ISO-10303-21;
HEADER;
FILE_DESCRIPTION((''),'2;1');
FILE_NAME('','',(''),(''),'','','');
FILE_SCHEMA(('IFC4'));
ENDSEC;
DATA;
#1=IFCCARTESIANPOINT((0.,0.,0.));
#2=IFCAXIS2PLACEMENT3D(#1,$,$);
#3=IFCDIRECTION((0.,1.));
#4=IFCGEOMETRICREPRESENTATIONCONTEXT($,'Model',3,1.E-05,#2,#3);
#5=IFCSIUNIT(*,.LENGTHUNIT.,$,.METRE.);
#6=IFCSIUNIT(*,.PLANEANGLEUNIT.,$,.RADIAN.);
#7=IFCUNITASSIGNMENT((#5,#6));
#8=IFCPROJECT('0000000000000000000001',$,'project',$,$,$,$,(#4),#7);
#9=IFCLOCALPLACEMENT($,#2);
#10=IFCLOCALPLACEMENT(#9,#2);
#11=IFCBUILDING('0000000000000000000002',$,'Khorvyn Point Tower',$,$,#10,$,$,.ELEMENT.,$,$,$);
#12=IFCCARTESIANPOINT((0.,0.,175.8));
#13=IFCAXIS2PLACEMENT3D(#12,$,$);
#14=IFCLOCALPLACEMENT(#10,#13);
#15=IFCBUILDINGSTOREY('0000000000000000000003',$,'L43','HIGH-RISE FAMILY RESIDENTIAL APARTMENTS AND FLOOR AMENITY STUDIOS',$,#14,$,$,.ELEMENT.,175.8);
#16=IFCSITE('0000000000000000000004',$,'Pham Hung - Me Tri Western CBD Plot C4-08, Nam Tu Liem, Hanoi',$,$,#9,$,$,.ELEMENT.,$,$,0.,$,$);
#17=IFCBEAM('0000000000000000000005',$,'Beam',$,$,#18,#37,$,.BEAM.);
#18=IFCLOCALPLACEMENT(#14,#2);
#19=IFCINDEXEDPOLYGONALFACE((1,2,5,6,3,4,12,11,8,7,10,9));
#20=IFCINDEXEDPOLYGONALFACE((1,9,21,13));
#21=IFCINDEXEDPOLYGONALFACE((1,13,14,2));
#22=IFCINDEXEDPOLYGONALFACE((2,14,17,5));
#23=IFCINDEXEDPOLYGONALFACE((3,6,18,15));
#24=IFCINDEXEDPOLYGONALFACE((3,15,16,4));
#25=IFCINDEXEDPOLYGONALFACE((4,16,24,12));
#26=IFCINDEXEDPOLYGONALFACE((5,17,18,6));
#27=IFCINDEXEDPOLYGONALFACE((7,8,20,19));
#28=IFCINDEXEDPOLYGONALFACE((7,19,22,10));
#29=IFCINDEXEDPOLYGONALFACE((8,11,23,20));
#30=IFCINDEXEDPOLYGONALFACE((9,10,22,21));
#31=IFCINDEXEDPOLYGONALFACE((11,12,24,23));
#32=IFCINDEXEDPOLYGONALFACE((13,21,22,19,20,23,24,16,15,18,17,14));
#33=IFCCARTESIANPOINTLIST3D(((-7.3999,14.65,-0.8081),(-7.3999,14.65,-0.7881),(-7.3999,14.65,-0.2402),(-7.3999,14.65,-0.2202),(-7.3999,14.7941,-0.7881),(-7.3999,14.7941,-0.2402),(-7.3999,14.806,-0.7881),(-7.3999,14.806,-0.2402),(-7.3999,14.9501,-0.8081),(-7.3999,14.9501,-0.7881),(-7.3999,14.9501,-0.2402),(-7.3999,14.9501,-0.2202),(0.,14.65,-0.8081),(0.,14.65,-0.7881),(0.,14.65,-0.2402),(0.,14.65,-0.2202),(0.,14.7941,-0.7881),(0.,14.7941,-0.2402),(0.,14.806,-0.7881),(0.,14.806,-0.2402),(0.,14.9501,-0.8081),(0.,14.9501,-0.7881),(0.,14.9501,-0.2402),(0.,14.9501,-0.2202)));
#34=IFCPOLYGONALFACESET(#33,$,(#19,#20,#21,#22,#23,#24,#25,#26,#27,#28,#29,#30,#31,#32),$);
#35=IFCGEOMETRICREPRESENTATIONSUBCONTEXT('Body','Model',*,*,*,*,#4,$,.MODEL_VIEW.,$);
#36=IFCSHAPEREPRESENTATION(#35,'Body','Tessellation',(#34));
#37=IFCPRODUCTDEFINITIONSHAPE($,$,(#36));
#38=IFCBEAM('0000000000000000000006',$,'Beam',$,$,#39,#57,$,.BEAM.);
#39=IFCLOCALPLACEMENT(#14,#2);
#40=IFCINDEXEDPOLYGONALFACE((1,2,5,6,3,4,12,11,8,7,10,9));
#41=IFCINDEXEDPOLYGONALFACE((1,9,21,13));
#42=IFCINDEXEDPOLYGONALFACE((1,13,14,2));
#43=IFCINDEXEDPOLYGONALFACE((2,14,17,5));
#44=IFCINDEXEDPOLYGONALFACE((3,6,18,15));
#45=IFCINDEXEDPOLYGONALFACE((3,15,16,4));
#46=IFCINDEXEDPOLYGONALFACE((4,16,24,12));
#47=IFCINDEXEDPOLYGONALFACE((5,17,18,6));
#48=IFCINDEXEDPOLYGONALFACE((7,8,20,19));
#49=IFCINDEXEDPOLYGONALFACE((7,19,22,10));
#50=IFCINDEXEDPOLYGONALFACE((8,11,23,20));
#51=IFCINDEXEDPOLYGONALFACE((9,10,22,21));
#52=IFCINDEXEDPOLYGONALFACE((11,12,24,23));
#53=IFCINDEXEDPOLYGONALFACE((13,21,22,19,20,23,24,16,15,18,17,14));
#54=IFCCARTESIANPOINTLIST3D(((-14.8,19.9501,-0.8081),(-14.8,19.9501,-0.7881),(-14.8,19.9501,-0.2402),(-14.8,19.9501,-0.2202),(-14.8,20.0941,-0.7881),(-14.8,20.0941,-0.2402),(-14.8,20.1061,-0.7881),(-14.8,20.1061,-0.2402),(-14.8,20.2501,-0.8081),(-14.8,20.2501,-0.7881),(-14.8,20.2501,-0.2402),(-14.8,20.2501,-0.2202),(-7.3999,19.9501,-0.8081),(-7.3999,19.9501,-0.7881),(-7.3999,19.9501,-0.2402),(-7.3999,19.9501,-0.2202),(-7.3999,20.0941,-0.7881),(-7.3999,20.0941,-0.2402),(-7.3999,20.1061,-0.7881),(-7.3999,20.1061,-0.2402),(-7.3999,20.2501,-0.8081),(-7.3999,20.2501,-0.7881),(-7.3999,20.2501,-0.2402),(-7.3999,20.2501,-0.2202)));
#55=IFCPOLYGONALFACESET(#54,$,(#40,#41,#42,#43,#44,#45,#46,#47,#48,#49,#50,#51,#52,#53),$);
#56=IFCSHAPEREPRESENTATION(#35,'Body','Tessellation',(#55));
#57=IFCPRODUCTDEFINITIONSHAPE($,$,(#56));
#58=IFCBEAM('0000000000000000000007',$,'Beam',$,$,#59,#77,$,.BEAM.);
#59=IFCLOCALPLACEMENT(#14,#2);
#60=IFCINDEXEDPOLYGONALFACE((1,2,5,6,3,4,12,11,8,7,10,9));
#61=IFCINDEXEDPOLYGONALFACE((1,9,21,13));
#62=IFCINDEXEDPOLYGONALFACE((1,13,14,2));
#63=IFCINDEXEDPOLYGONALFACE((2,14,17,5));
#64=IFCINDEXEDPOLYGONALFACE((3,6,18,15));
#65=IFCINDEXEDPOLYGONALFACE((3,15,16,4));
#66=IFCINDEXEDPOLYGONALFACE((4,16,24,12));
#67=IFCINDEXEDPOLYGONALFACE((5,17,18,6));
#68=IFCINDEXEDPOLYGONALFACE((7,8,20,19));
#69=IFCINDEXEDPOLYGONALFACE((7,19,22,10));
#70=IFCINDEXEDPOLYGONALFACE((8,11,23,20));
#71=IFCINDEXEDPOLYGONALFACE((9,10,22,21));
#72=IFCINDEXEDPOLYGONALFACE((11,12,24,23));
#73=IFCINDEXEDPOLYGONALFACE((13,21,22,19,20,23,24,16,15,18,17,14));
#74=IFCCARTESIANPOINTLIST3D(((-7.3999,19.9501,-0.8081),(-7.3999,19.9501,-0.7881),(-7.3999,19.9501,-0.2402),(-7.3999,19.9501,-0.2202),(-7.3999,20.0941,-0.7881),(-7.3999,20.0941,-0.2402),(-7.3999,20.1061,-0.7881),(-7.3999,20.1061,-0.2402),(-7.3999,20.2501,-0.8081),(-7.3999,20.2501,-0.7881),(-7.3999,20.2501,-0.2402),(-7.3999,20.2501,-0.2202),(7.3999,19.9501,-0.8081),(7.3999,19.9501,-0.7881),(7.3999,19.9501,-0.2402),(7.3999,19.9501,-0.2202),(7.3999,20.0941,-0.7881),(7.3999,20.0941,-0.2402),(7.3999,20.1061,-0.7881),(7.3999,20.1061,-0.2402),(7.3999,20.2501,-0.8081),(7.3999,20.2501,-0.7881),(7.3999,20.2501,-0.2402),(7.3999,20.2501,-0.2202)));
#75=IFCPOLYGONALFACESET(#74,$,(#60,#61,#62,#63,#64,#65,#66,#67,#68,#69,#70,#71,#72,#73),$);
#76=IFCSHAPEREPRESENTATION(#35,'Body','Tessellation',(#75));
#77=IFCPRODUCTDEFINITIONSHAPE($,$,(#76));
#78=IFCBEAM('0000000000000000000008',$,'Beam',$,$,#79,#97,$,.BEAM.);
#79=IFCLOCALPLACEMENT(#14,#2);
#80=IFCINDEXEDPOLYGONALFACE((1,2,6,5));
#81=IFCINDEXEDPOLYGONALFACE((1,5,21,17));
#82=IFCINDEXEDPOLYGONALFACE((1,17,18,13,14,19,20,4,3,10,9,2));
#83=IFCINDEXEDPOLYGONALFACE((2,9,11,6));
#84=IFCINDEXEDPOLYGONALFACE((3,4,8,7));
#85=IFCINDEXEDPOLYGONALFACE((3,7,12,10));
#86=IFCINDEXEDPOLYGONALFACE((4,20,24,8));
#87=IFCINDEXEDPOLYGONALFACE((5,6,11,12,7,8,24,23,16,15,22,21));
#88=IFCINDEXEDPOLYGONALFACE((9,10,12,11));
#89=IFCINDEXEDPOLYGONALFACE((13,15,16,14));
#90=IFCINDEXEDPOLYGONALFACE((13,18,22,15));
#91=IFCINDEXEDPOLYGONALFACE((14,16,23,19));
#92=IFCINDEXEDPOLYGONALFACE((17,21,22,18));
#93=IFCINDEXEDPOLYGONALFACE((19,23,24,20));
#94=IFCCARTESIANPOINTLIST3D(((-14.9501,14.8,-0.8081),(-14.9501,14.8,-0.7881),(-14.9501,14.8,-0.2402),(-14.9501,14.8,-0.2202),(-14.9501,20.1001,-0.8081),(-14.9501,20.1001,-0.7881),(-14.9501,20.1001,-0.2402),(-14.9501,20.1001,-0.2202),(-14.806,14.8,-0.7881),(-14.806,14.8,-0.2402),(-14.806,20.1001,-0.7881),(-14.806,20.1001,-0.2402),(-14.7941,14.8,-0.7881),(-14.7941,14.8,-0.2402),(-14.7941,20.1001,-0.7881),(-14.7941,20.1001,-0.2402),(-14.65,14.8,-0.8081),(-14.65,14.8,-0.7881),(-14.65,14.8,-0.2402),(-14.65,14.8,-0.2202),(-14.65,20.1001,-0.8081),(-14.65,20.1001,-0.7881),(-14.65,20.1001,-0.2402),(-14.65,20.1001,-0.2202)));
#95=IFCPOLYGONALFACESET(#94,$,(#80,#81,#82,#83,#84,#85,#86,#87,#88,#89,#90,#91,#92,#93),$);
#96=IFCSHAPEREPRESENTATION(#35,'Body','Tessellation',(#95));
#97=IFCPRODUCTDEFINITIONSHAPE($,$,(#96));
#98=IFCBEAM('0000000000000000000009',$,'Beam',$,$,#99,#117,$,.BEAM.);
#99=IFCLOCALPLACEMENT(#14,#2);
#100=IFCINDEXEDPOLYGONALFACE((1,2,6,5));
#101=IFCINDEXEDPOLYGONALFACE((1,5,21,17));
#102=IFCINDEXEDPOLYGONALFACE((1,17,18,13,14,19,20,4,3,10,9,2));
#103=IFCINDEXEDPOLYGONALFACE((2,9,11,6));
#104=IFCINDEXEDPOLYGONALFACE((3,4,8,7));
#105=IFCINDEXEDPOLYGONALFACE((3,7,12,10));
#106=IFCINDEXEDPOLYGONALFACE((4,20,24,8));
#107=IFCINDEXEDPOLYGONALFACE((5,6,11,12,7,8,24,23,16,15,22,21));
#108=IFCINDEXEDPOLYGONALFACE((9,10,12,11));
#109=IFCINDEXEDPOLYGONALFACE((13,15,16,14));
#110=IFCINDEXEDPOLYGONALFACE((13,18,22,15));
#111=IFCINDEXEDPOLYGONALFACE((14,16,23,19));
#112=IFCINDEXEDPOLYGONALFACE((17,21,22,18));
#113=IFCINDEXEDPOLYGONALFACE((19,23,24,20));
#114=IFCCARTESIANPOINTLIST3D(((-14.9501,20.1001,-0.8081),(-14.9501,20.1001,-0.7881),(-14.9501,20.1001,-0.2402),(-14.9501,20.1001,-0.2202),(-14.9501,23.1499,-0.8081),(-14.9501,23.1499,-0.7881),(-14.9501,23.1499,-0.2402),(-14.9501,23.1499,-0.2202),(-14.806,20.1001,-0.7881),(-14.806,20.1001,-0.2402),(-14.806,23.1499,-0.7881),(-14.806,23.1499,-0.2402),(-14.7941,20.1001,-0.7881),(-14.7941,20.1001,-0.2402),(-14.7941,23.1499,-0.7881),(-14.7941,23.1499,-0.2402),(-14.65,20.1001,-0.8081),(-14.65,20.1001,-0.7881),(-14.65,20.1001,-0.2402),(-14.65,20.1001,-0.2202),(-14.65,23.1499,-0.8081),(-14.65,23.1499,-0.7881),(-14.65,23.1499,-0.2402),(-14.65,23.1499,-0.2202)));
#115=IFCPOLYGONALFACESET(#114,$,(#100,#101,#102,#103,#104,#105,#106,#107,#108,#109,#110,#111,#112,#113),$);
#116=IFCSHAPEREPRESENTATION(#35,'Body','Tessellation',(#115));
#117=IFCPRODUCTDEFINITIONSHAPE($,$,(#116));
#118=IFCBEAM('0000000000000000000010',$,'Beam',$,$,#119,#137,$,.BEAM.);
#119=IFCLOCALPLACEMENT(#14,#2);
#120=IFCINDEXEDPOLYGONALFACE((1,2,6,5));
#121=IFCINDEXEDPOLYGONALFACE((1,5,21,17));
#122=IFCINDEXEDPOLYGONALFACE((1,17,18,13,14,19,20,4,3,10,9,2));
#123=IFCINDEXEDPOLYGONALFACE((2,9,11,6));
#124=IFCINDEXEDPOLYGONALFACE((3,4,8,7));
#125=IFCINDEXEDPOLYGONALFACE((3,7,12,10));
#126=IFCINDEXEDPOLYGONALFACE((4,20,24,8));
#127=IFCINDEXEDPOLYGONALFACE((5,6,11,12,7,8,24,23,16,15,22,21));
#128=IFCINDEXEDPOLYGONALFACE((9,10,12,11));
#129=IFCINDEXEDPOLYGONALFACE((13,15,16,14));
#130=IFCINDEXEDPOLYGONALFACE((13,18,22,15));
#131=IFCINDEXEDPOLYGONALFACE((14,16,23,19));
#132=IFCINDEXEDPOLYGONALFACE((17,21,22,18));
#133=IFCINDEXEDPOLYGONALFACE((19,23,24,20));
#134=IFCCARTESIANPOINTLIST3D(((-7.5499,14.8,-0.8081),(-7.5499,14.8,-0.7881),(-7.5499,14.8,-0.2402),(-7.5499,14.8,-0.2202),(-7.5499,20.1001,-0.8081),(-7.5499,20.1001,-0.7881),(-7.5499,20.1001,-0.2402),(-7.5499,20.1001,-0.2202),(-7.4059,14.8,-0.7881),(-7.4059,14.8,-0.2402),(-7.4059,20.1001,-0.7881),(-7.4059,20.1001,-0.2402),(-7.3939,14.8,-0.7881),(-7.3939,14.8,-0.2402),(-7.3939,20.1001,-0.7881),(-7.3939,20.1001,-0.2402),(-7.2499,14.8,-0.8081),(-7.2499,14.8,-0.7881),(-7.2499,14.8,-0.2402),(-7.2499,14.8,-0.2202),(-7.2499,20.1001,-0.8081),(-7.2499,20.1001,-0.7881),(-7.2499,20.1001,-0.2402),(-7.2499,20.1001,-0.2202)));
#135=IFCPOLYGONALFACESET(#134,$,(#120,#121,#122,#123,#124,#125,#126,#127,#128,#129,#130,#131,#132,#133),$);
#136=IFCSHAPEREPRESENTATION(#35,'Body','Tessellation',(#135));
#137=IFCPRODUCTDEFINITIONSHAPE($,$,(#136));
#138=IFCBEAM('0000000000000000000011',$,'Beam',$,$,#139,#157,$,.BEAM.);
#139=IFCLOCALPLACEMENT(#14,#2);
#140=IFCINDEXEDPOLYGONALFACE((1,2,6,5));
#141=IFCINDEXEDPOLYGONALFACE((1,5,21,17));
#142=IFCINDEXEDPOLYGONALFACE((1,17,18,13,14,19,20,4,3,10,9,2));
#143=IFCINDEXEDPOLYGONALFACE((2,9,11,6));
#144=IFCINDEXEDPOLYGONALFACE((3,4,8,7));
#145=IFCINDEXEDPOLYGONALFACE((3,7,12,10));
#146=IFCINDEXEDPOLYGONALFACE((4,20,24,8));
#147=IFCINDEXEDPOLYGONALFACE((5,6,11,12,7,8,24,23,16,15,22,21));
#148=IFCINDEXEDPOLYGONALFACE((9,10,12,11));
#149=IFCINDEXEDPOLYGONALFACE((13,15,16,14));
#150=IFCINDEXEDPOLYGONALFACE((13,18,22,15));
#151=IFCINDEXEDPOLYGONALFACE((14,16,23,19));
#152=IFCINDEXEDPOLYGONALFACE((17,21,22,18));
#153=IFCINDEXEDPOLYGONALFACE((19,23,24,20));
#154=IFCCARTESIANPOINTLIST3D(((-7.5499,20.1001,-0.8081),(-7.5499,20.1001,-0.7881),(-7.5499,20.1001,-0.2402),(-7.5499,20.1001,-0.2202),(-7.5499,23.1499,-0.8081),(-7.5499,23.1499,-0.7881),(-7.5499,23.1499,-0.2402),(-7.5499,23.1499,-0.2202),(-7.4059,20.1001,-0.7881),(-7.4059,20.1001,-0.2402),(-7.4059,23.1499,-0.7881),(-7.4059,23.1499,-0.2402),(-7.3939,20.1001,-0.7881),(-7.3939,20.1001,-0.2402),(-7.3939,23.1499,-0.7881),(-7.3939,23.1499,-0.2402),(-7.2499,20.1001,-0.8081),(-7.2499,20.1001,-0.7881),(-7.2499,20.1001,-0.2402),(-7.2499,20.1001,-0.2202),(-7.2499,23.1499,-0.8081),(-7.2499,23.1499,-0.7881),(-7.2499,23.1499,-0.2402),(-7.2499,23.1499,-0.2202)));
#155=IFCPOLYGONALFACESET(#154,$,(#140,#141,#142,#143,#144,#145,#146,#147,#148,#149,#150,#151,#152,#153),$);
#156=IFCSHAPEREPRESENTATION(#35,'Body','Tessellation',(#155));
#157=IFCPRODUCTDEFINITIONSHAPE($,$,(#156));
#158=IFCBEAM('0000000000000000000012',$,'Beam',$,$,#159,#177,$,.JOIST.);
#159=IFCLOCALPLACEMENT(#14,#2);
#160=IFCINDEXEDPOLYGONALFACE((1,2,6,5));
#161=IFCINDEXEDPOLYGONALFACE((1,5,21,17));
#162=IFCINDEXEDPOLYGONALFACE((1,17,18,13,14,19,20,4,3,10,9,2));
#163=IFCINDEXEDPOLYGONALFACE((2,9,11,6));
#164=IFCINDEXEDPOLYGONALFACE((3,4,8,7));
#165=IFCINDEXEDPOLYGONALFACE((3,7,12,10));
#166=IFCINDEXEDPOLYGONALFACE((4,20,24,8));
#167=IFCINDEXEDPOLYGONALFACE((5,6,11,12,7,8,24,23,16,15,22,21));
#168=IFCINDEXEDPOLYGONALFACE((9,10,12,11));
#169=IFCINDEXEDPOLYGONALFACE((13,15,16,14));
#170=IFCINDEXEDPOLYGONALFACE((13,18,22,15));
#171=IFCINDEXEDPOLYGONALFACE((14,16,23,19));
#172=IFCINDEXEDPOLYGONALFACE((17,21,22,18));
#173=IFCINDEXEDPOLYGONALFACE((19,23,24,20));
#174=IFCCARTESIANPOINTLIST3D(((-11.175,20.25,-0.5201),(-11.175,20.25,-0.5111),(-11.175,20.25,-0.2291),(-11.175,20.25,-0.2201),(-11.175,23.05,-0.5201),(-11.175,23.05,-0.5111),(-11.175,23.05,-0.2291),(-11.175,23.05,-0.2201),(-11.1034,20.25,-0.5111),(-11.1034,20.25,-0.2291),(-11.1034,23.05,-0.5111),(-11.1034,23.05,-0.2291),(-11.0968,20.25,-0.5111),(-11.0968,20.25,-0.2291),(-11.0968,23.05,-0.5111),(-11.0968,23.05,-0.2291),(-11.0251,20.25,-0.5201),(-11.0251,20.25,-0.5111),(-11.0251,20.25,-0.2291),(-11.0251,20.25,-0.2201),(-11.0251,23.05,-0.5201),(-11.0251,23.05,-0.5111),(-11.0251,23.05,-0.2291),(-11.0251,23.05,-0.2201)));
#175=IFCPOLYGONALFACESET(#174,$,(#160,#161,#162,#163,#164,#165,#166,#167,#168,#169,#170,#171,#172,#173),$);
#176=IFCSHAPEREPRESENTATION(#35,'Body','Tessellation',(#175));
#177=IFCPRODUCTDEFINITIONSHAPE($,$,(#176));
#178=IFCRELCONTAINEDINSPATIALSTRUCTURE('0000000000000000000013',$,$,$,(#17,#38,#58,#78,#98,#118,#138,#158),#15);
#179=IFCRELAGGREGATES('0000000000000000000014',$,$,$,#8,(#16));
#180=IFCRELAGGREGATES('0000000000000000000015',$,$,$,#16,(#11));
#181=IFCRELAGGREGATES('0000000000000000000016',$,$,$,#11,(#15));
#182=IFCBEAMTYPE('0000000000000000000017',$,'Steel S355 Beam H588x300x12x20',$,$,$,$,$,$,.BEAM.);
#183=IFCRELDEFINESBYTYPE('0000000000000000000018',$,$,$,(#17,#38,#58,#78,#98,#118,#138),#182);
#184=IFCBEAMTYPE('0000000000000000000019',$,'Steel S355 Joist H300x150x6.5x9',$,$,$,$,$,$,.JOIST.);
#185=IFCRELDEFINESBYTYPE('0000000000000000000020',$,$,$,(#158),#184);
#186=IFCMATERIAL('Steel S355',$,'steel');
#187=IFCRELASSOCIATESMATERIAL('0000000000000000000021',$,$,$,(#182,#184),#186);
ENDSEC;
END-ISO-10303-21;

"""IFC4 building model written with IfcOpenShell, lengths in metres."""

from ifc_helpers import new_model, si_unit, direction, frame, origin, origin_2d, place, context, subcontext, project, spatial, i_section, extrude, material, material_profile, profile_set, type_object, element, save


model = new_model("IFC4")

# Units and contexts
model_context = context("Model", 3, precision=1e-05, world=origin(), true_north=direction((0.0, 1.0)))
body_context = subcontext(model_context, "Body", "Model", "MODEL_VIEW")
ifc_project = project(units=[si_unit("LENGTHUNIT", "METRE"), si_unit("PLANEANGLEUNIT", "RADIAN")], contexts=[model_context])

# Site, building, storey
site_placement = place(None, origin())
site = spatial("IfcSite", under=ifc_project, at=site_placement, Name="Pham Hung - Me Tri Western CBD Plot C4-08, Nam Tu Liem, Hanoi", CompositionType="ELEMENT", RefElevation=0.0)
building_placement = place(site_placement, origin())
building = spatial("IfcBuilding", under=site, at=building_placement, Name="Khorvyn Point Tower", CompositionType="ELEMENT")
storey_placement = place(building_placement, frame((0.0, 0.0, 175.8)))
storey = spatial("IfcBuildingStorey", under=building, at=storey_placement, Name="L43", Description="HIGH-RISE FAMILY RESIDENTIAL APARTMENTS AND FLOOR AMENITY STUDIOS", CompositionType="ELEMENT", Elevation=175.8)

# Beams
ifc_material_1 = material(Name="Steel S355", Category="steel")
ifc_material_profile_1 = material_profile(ifc_material_1, i_section(OverallWidth=0.3, OverallDepth=0.5879, WebThickness=0.012, FlangeThickness=0.02, at=origin_2d()))
ifc_profile_set_1 = profile_set([ifc_material_profile_1], Name="Steel S355 H588x300x12x20")
beam_type_1 = type_object("IfcBeamType", Name="Steel S355 Beam H588x300x12x20", PredefinedType="BEAM", material=ifc_profile_set_1)
beam_1_placement = place(storey_placement, frame((-7.3999, 14.8, -0.5142), z_axis=(1.0, 0.0, 0.0), x_axis=(0.0, 1.0, 0.0)))
element("IfcBeam", 1, at=beam_1_placement, inside=storey, type_object=beam_type_1, Name="Beam", PredefinedType="BEAM", context=body_context, shape_type="SweptSolid", body=[
    extrude(i_section(OverallWidth=0.3, OverallDepth=0.5879, WebThickness=0.012, FlangeThickness=0.02, at=origin_2d()), origin(), (0.0, 0.0, 1.0), 7.3999),
])
beam_2_placement = place(storey_placement, frame((-14.8, 20.1001, -0.5142), z_axis=(1.0, 0.0, 0.0), x_axis=(0.0, 1.0, 0.0)))
element("IfcBeam", 2, at=beam_2_placement, inside=storey, type_object=beam_type_1, Name="Beam", PredefinedType="BEAM", context=body_context, shape_type="SweptSolid", body=[
    extrude(i_section(OverallWidth=0.3, OverallDepth=0.5879, WebThickness=0.012, FlangeThickness=0.02, at=origin_2d()), origin(), (0.0, 0.0, 1.0), 7.4001),
])
beam_3_placement = place(storey_placement, frame((-7.3999, 20.1001, -0.5142), z_axis=(1.0, 0.0, 0.0), x_axis=(0.0, 1.0, 0.0)))
element("IfcBeam", 3, at=beam_3_placement, inside=storey, type_object=beam_type_1, Name="Beam", PredefinedType="BEAM", context=body_context, shape_type="SweptSolid", body=[
    extrude(i_section(OverallWidth=0.3, OverallDepth=0.5879, WebThickness=0.012, FlangeThickness=0.02, at=origin_2d()), origin(), (0.0, 0.0, 1.0), 14.7998),
])
beam_4_placement = place(storey_placement, frame((-14.8, 14.8, -0.5142), z_axis=(0.0, 1.0, 0.0), x_axis=(-1.0, 0.0, 0.0)))
element("IfcBeam", 4, at=beam_4_placement, inside=storey, type_object=beam_type_1, Name="Beam", PredefinedType="BEAM", context=body_context, shape_type="SweptSolid", body=[
    extrude(i_section(OverallWidth=0.3, OverallDepth=0.5879, WebThickness=0.012, FlangeThickness=0.02, at=origin_2d()), origin(), (0.0, 0.0, 1.0), 5.3),
])
beam_5_placement = place(storey_placement, frame((-14.8, 20.1001, -0.5142), z_axis=(0.0, 1.0, 0.0), x_axis=(-1.0, 0.0, 0.0)))
element("IfcBeam", 5, at=beam_5_placement, inside=storey, type_object=beam_type_1, Name="Beam", PredefinedType="BEAM", context=body_context, shape_type="SweptSolid", body=[
    extrude(i_section(OverallWidth=0.3, OverallDepth=0.5879, WebThickness=0.012, FlangeThickness=0.02, at=origin_2d()), origin(), (0.0, 0.0, 1.0), 3.0498),
])
beam_6_placement = place(storey_placement, frame((-7.3999, 14.8, -0.5142), z_axis=(0.0, 1.0, 0.0), x_axis=(-1.0, 0.0, 0.0)))
element("IfcBeam", 6, at=beam_6_placement, inside=storey, type_object=beam_type_1, Name="Beam", PredefinedType="BEAM", context=body_context, shape_type="SweptSolid", body=[
    extrude(i_section(OverallWidth=0.3, OverallDepth=0.5879, WebThickness=0.012, FlangeThickness=0.02, at=origin_2d()), origin(), (0.0, 0.0, 1.0), 5.3),
])
beam_7_placement = place(storey_placement, frame((-7.3999, 20.1001, -0.5142), z_axis=(0.0, 1.0, 0.0), x_axis=(-1.0, 0.0, 0.0)))
element("IfcBeam", 7, at=beam_7_placement, inside=storey, type_object=beam_type_1, Name="Beam", PredefinedType="BEAM", context=body_context, shape_type="SweptSolid", body=[
    extrude(i_section(OverallWidth=0.3, OverallDepth=0.5879, WebThickness=0.012, FlangeThickness=0.02, at=origin_2d()), origin(), (0.0, 0.0, 1.0), 3.0498),
])
ifc_material_profile_2 = material_profile(ifc_material_1, i_section(OverallWidth=0.1499, OverallDepth=0.3, WebThickness=0.0066, FlangeThickness=0.009, at=origin_2d()))
ifc_profile_set_2 = profile_set([ifc_material_profile_2], Name="Steel S355 H300x150x6.5x9")
beam_type_2 = type_object("IfcBeamType", Name="Steel S355 Joist H300x150x6.5x9", PredefinedType="JOIST", material=ifc_profile_set_2)
beam_8_placement = place(storey_placement, frame((-11.1001, 20.25, -0.3701), z_axis=(0.0, 1.0, 0.0), x_axis=(-1.0, 0.0, 0.0)))
element("IfcBeam", 8, at=beam_8_placement, inside=storey, type_object=beam_type_2, Name="Beam", PredefinedType="JOIST", context=body_context, shape_type="SweptSolid", body=[
    extrude(i_section(OverallWidth=0.1499, OverallDepth=0.3, WebThickness=0.0066, FlangeThickness=0.009, at=origin_2d()), origin(), (0.0, 0.0, 1.0), 2.8),
])

save(model, "model.ifc")
